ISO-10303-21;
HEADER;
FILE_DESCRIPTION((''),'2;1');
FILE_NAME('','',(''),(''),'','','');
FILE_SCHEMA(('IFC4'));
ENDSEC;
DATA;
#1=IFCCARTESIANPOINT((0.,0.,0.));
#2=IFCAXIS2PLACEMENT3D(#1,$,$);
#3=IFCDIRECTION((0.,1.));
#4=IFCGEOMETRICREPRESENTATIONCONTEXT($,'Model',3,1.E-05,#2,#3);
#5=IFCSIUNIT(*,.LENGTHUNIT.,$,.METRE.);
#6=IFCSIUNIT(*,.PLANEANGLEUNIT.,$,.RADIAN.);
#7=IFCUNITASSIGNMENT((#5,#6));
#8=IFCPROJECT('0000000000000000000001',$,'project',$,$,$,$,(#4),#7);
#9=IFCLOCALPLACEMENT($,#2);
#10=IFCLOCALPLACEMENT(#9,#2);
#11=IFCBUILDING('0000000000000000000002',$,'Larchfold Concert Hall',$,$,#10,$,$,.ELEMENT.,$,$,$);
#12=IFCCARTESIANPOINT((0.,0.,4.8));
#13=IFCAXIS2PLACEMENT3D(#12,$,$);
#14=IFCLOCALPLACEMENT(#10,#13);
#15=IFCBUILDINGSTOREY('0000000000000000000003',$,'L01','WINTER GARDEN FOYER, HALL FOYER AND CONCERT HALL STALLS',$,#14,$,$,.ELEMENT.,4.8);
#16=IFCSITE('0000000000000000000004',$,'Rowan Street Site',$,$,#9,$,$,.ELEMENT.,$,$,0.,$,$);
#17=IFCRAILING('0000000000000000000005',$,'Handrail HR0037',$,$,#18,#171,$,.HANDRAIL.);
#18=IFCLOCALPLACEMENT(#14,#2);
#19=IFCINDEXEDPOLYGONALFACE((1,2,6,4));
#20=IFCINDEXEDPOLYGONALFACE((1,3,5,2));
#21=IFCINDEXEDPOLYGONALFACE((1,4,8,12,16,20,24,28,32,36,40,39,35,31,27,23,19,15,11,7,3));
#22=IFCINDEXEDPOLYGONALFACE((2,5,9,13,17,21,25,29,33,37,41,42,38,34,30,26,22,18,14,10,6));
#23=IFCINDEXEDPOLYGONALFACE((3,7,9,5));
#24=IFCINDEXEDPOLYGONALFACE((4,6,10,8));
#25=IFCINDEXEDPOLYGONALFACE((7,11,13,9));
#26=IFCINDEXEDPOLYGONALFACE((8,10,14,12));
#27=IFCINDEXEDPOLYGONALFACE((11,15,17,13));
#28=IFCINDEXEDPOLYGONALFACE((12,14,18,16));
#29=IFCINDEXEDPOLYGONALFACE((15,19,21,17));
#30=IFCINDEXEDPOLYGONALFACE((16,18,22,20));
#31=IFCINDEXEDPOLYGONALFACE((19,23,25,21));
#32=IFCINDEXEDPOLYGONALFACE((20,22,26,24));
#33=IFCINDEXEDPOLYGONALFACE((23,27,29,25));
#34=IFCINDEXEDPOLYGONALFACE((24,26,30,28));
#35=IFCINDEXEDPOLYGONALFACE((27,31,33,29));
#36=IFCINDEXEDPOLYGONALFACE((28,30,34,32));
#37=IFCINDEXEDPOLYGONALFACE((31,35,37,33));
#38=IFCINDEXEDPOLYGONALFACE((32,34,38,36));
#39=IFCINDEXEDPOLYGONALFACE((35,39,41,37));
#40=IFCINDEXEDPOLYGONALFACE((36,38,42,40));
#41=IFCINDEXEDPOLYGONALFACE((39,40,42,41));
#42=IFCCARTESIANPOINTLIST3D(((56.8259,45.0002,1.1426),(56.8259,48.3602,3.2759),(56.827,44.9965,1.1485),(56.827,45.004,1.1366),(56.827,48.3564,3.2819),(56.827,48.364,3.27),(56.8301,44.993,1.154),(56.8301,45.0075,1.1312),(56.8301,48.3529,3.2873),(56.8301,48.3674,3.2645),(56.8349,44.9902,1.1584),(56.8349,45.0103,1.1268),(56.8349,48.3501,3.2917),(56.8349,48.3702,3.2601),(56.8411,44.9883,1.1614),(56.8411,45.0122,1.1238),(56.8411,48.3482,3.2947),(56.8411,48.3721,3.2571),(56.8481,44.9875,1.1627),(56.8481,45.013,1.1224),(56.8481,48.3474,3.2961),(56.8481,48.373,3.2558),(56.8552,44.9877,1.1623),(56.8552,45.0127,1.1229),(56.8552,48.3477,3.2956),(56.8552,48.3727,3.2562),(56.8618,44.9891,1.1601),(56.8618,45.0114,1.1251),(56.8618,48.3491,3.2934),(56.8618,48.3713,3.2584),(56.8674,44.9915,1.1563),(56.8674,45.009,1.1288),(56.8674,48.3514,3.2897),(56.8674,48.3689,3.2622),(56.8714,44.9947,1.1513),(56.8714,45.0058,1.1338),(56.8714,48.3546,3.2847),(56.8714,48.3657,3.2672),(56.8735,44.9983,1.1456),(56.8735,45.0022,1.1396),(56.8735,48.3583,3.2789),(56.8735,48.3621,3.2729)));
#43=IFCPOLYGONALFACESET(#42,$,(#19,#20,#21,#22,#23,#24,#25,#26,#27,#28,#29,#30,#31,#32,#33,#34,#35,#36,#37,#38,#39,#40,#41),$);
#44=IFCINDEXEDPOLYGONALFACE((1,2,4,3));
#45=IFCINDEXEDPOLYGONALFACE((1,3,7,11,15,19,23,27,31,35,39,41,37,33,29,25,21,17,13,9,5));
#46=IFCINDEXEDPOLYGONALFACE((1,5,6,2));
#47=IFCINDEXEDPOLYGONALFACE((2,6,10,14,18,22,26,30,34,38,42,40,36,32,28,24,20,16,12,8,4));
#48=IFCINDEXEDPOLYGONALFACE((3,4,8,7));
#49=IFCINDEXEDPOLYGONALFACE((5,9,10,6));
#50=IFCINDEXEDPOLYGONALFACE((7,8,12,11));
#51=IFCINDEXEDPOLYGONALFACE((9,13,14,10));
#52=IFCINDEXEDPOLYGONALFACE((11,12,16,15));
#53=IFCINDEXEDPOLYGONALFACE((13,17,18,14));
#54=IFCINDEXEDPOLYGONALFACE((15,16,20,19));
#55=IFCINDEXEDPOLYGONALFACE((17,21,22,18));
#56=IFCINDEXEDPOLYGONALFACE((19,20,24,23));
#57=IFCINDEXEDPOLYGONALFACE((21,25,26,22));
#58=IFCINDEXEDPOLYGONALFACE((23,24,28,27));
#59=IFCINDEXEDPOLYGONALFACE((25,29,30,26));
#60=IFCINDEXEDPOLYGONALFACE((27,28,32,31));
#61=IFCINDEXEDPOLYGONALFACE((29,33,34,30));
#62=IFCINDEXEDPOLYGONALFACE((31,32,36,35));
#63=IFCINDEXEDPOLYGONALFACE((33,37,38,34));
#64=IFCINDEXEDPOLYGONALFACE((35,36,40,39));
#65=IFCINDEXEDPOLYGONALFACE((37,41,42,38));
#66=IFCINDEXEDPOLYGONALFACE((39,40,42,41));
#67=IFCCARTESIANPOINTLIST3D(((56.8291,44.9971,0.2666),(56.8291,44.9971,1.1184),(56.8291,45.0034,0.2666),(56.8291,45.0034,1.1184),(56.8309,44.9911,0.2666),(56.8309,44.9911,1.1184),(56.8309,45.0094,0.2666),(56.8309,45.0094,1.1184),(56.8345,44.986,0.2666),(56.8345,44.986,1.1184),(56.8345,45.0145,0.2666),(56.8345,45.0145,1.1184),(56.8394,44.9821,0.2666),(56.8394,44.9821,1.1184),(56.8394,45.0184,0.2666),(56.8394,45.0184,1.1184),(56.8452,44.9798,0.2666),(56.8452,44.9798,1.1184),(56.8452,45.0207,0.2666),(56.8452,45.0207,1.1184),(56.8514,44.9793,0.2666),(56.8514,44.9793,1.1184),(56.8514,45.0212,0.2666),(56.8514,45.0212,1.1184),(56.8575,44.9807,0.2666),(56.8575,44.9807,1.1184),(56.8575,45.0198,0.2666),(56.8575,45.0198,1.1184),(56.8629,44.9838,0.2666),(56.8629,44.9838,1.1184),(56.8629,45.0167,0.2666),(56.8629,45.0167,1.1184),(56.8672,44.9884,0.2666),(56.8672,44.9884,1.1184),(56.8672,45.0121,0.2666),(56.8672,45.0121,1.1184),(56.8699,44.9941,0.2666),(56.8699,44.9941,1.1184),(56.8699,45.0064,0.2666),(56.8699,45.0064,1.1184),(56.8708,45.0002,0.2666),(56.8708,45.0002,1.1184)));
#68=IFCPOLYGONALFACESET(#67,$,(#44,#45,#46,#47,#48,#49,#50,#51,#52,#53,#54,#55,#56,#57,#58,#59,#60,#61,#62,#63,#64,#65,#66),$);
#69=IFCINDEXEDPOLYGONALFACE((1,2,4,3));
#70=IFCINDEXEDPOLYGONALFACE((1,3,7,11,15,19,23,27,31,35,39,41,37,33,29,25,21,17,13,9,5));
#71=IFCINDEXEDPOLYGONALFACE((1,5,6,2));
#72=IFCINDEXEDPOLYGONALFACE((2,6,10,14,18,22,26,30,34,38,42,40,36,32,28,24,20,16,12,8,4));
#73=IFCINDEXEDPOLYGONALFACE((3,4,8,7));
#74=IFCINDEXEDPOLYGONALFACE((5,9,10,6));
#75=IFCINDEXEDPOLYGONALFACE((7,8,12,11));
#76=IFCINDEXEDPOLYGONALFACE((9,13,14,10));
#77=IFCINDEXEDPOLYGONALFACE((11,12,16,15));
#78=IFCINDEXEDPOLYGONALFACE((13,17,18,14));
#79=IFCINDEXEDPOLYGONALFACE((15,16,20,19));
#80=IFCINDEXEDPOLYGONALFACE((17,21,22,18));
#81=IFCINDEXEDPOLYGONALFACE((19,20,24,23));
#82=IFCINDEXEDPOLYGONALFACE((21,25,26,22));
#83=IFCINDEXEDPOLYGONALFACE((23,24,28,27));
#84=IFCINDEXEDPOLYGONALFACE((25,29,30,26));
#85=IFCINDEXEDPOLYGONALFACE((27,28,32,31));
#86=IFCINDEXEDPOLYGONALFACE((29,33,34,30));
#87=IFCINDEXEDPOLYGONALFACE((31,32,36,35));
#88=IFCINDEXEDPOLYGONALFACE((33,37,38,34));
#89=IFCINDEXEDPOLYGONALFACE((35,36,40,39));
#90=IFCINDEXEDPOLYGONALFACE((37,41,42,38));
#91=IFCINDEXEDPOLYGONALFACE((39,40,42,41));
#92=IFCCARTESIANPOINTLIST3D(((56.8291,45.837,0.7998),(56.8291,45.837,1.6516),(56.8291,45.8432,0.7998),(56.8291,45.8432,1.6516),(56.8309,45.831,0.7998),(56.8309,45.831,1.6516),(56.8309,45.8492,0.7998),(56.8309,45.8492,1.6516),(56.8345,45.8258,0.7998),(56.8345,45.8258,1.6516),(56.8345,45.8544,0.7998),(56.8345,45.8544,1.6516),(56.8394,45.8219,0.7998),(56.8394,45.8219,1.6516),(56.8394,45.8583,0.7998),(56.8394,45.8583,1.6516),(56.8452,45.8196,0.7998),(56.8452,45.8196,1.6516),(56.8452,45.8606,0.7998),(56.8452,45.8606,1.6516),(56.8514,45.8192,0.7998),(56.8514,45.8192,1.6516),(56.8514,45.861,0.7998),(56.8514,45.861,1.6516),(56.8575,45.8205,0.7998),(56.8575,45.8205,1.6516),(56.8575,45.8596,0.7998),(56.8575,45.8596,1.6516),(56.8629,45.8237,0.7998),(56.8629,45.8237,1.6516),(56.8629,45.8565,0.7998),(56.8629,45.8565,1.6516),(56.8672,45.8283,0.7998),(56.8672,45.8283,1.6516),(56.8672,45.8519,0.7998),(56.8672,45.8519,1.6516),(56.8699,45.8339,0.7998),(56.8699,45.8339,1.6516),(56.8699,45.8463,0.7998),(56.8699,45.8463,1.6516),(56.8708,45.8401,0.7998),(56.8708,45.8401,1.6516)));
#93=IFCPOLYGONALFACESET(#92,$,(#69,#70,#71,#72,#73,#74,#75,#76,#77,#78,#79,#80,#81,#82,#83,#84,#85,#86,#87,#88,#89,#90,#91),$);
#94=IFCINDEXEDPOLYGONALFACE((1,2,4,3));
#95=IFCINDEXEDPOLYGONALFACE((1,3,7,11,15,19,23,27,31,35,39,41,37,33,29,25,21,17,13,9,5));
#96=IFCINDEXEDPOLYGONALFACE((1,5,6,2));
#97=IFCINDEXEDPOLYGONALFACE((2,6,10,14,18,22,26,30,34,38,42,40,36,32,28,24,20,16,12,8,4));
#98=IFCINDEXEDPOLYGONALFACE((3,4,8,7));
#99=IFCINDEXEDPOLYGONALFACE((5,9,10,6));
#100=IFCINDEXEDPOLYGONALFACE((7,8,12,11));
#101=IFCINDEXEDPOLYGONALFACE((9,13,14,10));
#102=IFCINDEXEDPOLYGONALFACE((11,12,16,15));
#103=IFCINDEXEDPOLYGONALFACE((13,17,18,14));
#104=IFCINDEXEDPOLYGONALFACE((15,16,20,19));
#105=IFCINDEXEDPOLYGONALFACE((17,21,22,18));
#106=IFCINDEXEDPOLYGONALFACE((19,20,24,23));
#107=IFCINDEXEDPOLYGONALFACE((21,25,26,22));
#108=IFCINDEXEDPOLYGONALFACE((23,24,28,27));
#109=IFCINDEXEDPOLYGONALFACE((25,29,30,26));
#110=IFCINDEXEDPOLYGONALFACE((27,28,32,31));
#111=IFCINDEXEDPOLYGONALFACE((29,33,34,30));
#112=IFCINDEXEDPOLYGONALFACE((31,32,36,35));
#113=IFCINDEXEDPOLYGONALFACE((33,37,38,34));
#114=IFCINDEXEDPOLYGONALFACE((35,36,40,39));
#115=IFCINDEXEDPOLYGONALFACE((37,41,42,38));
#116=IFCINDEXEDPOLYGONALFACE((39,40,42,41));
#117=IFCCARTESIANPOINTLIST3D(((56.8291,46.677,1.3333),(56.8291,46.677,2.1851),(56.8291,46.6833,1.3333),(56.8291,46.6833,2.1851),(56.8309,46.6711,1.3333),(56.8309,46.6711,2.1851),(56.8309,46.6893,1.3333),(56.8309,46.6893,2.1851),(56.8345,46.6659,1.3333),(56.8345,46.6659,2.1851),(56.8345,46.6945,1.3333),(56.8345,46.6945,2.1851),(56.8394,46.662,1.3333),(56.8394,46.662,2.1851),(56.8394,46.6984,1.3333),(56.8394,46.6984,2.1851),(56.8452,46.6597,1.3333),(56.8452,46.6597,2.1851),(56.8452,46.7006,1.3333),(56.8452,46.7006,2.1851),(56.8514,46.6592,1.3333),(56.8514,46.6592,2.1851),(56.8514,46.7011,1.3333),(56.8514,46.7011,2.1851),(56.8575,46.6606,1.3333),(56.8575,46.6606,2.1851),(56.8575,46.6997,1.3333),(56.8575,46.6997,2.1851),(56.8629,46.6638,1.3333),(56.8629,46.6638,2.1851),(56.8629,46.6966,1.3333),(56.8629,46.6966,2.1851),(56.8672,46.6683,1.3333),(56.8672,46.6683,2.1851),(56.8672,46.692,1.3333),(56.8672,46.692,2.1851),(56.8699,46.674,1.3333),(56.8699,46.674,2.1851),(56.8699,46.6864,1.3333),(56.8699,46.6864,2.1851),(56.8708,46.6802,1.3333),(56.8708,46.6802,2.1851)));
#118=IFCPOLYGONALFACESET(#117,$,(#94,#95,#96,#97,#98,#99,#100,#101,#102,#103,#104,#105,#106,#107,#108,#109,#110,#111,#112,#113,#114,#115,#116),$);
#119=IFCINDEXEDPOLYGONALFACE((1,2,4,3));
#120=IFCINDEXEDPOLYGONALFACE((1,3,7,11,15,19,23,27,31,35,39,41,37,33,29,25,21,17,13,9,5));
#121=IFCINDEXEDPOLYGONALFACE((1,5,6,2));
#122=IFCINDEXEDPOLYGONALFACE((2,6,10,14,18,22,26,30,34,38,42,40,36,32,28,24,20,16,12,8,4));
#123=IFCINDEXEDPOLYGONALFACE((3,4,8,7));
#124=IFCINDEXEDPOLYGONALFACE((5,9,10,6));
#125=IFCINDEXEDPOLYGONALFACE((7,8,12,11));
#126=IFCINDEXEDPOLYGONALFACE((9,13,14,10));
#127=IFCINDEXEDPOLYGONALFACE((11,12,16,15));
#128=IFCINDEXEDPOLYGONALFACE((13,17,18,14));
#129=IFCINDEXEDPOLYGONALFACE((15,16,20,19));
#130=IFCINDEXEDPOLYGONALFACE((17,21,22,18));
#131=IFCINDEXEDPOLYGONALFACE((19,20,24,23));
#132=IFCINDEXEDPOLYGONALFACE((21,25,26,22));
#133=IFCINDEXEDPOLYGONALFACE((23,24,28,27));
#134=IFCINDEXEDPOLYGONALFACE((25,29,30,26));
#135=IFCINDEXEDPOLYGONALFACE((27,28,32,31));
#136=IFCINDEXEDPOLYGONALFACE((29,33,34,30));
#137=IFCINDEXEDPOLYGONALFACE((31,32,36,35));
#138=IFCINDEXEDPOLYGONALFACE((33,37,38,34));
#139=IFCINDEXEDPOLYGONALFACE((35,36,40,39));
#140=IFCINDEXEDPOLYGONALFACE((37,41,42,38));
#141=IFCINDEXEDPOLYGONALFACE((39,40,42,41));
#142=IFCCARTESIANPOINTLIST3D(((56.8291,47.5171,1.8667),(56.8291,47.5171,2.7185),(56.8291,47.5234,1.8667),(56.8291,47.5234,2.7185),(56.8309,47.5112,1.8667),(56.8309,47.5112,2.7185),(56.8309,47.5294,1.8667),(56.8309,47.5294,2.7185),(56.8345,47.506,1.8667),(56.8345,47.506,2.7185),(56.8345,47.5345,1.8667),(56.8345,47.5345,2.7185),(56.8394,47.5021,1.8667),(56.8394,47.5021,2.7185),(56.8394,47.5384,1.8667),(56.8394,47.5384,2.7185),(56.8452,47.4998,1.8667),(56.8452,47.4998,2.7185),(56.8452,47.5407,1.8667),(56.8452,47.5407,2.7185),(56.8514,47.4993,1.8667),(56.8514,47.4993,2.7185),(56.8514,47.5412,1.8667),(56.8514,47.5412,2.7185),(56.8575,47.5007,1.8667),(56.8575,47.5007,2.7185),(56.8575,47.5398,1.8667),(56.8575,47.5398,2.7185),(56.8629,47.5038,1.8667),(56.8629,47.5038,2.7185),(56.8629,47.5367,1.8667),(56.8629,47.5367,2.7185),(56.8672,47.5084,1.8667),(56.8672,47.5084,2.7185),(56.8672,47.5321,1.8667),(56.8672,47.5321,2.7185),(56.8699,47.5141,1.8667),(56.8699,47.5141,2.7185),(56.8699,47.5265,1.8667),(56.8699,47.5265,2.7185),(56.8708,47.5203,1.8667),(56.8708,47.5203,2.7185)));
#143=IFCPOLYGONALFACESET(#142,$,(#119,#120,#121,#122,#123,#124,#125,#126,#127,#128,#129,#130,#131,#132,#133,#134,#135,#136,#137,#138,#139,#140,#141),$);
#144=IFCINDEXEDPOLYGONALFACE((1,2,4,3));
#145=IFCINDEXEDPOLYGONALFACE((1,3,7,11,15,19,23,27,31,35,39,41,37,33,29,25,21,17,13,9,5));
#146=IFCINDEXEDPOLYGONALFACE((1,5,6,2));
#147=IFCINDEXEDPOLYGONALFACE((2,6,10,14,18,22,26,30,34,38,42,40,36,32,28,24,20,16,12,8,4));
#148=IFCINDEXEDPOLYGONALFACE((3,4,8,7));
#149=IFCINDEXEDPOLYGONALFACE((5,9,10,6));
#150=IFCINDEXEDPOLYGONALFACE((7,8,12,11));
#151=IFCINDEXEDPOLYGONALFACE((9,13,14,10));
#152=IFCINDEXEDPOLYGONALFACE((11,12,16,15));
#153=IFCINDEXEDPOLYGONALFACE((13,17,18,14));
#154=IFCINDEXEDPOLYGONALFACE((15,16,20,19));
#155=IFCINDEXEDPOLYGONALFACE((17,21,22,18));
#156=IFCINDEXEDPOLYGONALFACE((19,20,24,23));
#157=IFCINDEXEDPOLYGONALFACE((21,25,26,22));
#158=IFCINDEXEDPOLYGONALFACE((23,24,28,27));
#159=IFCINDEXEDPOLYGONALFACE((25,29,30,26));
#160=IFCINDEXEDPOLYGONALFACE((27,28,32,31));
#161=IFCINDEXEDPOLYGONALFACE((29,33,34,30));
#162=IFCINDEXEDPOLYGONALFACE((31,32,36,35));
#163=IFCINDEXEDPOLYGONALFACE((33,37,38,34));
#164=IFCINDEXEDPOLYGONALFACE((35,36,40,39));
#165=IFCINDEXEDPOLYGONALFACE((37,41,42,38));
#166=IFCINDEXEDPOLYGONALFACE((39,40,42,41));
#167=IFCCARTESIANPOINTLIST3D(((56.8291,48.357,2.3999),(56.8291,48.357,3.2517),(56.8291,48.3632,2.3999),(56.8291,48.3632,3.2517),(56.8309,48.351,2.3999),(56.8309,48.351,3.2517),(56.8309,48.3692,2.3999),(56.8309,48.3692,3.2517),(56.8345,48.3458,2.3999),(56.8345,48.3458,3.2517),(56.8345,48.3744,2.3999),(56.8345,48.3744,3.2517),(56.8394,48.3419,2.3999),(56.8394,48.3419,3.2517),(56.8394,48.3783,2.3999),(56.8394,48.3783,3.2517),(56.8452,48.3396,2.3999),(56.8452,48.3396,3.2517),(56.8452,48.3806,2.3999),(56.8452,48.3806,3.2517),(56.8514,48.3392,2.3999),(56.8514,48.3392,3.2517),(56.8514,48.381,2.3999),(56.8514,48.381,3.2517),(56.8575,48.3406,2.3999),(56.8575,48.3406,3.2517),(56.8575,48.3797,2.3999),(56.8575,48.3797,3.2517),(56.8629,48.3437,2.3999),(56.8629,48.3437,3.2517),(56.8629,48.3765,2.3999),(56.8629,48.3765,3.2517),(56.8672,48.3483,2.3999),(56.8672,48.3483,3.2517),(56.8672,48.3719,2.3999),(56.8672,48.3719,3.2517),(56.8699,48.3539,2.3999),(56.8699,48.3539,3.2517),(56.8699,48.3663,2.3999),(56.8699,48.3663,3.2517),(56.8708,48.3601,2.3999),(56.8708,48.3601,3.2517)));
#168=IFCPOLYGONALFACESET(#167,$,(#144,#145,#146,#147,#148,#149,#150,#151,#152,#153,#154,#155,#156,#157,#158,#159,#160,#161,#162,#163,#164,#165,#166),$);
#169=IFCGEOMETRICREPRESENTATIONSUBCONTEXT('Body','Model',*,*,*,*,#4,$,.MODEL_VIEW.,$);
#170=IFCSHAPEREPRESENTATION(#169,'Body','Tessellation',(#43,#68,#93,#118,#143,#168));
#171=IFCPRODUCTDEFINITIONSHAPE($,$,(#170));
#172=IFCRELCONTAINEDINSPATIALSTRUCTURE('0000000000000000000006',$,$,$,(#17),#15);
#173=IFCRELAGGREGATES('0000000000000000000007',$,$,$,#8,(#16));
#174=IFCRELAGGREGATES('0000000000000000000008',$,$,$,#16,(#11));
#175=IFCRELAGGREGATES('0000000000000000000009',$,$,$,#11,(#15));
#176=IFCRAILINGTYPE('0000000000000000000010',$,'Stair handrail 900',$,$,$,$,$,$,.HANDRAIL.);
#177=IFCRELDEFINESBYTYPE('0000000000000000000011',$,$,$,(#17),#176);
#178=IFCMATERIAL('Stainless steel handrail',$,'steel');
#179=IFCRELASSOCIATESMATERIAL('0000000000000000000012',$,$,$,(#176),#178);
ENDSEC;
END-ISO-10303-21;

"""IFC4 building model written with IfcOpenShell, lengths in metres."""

from ifc_helpers import new_model, si_unit, direction, frame, origin, origin_2d, place, context, subcontext, project, spatial, circle, extrude, material, type_object, element, save


model = new_model("IFC4")

# Units and contexts
model_context = context("Model", 3, precision=1e-05, world=origin(), true_north=direction((0.0, 1.0)))
body_context = subcontext(model_context, "Body", "Model", "MODEL_VIEW")
ifc_project = project(units=[si_unit("LENGTHUNIT", "METRE"), si_unit("PLANEANGLEUNIT", "RADIAN")], contexts=[model_context])

# Site, building, storey
site_placement = place(None, origin())
site = spatial("IfcSite", under=ifc_project, at=site_placement, Name="Rowan Street Site", CompositionType="ELEMENT", RefElevation=0.0)
building_placement = place(site_placement, origin())
building = spatial("IfcBuilding", under=site, at=building_placement, Name="Larchfold Concert Hall", CompositionType="ELEMENT")
storey_placement = place(building_placement, frame((0.0, 0.0, 4.8)))
storey = spatial("IfcBuildingStorey", under=building, at=storey_placement, Name="L01", Description="WINTER GARDEN FOYER, HALL FOYER AND CONCERT HALL STALLS", CompositionType="ELEMENT", Elevation=4.8)

# Railing
ifc_material_1 = material(Name="Stainless steel handrail", Category="steel")
railing_type_1 = type_object("IfcRailingType", Name="Stair handrail 900", PredefinedType="HANDRAIL", material=ifc_material_1)
railing_1_placement = place(storey_placement, frame((56.8499, 45.0002, 0.2666)))
element("IfcRailing", 1, at=railing_1_placement, inside=storey, type_object=railing_type_1, Name="Handrail HR0037", PredefinedType="HANDRAIL", context=body_context, shape_type="SweptSolid", body=[
    extrude(circle(Radius=0.0239, at=origin_2d()), frame((0.0, 0.0, 0.876), z_axis=(0.0, 0.844207, 0.536018), x_axis=(-1.0, 0.0, 0.0)), (0.0, 0.0, 1.0), 3.98),
    extrude(circle(Radius=0.021, at=origin_2d()), origin(), (0.0, 0.0, 1.0), 0.8518),
    extrude(circle(Radius=0.021, at=origin_2d()), frame((0.0, 0.8398, 0.5332)), (0.0, 0.0, 1.0), 0.8518),
    extrude(circle(Radius=0.021, at=origin_2d()), frame((0.0, 1.6799, 1.0667)), (0.0, 0.0, 1.0), 0.8518),
    extrude(circle(Radius=0.021, at=origin_2d()), frame((0.0, 2.52, 1.6001)), (0.0, 0.0, 1.0), 0.8518),
    extrude(circle(Radius=0.021, at=origin_2d()), frame((0.0, 3.3599, 2.1333)), (0.0, 0.0, 1.0), 0.8518),
])

save(model, "model.ifc")
